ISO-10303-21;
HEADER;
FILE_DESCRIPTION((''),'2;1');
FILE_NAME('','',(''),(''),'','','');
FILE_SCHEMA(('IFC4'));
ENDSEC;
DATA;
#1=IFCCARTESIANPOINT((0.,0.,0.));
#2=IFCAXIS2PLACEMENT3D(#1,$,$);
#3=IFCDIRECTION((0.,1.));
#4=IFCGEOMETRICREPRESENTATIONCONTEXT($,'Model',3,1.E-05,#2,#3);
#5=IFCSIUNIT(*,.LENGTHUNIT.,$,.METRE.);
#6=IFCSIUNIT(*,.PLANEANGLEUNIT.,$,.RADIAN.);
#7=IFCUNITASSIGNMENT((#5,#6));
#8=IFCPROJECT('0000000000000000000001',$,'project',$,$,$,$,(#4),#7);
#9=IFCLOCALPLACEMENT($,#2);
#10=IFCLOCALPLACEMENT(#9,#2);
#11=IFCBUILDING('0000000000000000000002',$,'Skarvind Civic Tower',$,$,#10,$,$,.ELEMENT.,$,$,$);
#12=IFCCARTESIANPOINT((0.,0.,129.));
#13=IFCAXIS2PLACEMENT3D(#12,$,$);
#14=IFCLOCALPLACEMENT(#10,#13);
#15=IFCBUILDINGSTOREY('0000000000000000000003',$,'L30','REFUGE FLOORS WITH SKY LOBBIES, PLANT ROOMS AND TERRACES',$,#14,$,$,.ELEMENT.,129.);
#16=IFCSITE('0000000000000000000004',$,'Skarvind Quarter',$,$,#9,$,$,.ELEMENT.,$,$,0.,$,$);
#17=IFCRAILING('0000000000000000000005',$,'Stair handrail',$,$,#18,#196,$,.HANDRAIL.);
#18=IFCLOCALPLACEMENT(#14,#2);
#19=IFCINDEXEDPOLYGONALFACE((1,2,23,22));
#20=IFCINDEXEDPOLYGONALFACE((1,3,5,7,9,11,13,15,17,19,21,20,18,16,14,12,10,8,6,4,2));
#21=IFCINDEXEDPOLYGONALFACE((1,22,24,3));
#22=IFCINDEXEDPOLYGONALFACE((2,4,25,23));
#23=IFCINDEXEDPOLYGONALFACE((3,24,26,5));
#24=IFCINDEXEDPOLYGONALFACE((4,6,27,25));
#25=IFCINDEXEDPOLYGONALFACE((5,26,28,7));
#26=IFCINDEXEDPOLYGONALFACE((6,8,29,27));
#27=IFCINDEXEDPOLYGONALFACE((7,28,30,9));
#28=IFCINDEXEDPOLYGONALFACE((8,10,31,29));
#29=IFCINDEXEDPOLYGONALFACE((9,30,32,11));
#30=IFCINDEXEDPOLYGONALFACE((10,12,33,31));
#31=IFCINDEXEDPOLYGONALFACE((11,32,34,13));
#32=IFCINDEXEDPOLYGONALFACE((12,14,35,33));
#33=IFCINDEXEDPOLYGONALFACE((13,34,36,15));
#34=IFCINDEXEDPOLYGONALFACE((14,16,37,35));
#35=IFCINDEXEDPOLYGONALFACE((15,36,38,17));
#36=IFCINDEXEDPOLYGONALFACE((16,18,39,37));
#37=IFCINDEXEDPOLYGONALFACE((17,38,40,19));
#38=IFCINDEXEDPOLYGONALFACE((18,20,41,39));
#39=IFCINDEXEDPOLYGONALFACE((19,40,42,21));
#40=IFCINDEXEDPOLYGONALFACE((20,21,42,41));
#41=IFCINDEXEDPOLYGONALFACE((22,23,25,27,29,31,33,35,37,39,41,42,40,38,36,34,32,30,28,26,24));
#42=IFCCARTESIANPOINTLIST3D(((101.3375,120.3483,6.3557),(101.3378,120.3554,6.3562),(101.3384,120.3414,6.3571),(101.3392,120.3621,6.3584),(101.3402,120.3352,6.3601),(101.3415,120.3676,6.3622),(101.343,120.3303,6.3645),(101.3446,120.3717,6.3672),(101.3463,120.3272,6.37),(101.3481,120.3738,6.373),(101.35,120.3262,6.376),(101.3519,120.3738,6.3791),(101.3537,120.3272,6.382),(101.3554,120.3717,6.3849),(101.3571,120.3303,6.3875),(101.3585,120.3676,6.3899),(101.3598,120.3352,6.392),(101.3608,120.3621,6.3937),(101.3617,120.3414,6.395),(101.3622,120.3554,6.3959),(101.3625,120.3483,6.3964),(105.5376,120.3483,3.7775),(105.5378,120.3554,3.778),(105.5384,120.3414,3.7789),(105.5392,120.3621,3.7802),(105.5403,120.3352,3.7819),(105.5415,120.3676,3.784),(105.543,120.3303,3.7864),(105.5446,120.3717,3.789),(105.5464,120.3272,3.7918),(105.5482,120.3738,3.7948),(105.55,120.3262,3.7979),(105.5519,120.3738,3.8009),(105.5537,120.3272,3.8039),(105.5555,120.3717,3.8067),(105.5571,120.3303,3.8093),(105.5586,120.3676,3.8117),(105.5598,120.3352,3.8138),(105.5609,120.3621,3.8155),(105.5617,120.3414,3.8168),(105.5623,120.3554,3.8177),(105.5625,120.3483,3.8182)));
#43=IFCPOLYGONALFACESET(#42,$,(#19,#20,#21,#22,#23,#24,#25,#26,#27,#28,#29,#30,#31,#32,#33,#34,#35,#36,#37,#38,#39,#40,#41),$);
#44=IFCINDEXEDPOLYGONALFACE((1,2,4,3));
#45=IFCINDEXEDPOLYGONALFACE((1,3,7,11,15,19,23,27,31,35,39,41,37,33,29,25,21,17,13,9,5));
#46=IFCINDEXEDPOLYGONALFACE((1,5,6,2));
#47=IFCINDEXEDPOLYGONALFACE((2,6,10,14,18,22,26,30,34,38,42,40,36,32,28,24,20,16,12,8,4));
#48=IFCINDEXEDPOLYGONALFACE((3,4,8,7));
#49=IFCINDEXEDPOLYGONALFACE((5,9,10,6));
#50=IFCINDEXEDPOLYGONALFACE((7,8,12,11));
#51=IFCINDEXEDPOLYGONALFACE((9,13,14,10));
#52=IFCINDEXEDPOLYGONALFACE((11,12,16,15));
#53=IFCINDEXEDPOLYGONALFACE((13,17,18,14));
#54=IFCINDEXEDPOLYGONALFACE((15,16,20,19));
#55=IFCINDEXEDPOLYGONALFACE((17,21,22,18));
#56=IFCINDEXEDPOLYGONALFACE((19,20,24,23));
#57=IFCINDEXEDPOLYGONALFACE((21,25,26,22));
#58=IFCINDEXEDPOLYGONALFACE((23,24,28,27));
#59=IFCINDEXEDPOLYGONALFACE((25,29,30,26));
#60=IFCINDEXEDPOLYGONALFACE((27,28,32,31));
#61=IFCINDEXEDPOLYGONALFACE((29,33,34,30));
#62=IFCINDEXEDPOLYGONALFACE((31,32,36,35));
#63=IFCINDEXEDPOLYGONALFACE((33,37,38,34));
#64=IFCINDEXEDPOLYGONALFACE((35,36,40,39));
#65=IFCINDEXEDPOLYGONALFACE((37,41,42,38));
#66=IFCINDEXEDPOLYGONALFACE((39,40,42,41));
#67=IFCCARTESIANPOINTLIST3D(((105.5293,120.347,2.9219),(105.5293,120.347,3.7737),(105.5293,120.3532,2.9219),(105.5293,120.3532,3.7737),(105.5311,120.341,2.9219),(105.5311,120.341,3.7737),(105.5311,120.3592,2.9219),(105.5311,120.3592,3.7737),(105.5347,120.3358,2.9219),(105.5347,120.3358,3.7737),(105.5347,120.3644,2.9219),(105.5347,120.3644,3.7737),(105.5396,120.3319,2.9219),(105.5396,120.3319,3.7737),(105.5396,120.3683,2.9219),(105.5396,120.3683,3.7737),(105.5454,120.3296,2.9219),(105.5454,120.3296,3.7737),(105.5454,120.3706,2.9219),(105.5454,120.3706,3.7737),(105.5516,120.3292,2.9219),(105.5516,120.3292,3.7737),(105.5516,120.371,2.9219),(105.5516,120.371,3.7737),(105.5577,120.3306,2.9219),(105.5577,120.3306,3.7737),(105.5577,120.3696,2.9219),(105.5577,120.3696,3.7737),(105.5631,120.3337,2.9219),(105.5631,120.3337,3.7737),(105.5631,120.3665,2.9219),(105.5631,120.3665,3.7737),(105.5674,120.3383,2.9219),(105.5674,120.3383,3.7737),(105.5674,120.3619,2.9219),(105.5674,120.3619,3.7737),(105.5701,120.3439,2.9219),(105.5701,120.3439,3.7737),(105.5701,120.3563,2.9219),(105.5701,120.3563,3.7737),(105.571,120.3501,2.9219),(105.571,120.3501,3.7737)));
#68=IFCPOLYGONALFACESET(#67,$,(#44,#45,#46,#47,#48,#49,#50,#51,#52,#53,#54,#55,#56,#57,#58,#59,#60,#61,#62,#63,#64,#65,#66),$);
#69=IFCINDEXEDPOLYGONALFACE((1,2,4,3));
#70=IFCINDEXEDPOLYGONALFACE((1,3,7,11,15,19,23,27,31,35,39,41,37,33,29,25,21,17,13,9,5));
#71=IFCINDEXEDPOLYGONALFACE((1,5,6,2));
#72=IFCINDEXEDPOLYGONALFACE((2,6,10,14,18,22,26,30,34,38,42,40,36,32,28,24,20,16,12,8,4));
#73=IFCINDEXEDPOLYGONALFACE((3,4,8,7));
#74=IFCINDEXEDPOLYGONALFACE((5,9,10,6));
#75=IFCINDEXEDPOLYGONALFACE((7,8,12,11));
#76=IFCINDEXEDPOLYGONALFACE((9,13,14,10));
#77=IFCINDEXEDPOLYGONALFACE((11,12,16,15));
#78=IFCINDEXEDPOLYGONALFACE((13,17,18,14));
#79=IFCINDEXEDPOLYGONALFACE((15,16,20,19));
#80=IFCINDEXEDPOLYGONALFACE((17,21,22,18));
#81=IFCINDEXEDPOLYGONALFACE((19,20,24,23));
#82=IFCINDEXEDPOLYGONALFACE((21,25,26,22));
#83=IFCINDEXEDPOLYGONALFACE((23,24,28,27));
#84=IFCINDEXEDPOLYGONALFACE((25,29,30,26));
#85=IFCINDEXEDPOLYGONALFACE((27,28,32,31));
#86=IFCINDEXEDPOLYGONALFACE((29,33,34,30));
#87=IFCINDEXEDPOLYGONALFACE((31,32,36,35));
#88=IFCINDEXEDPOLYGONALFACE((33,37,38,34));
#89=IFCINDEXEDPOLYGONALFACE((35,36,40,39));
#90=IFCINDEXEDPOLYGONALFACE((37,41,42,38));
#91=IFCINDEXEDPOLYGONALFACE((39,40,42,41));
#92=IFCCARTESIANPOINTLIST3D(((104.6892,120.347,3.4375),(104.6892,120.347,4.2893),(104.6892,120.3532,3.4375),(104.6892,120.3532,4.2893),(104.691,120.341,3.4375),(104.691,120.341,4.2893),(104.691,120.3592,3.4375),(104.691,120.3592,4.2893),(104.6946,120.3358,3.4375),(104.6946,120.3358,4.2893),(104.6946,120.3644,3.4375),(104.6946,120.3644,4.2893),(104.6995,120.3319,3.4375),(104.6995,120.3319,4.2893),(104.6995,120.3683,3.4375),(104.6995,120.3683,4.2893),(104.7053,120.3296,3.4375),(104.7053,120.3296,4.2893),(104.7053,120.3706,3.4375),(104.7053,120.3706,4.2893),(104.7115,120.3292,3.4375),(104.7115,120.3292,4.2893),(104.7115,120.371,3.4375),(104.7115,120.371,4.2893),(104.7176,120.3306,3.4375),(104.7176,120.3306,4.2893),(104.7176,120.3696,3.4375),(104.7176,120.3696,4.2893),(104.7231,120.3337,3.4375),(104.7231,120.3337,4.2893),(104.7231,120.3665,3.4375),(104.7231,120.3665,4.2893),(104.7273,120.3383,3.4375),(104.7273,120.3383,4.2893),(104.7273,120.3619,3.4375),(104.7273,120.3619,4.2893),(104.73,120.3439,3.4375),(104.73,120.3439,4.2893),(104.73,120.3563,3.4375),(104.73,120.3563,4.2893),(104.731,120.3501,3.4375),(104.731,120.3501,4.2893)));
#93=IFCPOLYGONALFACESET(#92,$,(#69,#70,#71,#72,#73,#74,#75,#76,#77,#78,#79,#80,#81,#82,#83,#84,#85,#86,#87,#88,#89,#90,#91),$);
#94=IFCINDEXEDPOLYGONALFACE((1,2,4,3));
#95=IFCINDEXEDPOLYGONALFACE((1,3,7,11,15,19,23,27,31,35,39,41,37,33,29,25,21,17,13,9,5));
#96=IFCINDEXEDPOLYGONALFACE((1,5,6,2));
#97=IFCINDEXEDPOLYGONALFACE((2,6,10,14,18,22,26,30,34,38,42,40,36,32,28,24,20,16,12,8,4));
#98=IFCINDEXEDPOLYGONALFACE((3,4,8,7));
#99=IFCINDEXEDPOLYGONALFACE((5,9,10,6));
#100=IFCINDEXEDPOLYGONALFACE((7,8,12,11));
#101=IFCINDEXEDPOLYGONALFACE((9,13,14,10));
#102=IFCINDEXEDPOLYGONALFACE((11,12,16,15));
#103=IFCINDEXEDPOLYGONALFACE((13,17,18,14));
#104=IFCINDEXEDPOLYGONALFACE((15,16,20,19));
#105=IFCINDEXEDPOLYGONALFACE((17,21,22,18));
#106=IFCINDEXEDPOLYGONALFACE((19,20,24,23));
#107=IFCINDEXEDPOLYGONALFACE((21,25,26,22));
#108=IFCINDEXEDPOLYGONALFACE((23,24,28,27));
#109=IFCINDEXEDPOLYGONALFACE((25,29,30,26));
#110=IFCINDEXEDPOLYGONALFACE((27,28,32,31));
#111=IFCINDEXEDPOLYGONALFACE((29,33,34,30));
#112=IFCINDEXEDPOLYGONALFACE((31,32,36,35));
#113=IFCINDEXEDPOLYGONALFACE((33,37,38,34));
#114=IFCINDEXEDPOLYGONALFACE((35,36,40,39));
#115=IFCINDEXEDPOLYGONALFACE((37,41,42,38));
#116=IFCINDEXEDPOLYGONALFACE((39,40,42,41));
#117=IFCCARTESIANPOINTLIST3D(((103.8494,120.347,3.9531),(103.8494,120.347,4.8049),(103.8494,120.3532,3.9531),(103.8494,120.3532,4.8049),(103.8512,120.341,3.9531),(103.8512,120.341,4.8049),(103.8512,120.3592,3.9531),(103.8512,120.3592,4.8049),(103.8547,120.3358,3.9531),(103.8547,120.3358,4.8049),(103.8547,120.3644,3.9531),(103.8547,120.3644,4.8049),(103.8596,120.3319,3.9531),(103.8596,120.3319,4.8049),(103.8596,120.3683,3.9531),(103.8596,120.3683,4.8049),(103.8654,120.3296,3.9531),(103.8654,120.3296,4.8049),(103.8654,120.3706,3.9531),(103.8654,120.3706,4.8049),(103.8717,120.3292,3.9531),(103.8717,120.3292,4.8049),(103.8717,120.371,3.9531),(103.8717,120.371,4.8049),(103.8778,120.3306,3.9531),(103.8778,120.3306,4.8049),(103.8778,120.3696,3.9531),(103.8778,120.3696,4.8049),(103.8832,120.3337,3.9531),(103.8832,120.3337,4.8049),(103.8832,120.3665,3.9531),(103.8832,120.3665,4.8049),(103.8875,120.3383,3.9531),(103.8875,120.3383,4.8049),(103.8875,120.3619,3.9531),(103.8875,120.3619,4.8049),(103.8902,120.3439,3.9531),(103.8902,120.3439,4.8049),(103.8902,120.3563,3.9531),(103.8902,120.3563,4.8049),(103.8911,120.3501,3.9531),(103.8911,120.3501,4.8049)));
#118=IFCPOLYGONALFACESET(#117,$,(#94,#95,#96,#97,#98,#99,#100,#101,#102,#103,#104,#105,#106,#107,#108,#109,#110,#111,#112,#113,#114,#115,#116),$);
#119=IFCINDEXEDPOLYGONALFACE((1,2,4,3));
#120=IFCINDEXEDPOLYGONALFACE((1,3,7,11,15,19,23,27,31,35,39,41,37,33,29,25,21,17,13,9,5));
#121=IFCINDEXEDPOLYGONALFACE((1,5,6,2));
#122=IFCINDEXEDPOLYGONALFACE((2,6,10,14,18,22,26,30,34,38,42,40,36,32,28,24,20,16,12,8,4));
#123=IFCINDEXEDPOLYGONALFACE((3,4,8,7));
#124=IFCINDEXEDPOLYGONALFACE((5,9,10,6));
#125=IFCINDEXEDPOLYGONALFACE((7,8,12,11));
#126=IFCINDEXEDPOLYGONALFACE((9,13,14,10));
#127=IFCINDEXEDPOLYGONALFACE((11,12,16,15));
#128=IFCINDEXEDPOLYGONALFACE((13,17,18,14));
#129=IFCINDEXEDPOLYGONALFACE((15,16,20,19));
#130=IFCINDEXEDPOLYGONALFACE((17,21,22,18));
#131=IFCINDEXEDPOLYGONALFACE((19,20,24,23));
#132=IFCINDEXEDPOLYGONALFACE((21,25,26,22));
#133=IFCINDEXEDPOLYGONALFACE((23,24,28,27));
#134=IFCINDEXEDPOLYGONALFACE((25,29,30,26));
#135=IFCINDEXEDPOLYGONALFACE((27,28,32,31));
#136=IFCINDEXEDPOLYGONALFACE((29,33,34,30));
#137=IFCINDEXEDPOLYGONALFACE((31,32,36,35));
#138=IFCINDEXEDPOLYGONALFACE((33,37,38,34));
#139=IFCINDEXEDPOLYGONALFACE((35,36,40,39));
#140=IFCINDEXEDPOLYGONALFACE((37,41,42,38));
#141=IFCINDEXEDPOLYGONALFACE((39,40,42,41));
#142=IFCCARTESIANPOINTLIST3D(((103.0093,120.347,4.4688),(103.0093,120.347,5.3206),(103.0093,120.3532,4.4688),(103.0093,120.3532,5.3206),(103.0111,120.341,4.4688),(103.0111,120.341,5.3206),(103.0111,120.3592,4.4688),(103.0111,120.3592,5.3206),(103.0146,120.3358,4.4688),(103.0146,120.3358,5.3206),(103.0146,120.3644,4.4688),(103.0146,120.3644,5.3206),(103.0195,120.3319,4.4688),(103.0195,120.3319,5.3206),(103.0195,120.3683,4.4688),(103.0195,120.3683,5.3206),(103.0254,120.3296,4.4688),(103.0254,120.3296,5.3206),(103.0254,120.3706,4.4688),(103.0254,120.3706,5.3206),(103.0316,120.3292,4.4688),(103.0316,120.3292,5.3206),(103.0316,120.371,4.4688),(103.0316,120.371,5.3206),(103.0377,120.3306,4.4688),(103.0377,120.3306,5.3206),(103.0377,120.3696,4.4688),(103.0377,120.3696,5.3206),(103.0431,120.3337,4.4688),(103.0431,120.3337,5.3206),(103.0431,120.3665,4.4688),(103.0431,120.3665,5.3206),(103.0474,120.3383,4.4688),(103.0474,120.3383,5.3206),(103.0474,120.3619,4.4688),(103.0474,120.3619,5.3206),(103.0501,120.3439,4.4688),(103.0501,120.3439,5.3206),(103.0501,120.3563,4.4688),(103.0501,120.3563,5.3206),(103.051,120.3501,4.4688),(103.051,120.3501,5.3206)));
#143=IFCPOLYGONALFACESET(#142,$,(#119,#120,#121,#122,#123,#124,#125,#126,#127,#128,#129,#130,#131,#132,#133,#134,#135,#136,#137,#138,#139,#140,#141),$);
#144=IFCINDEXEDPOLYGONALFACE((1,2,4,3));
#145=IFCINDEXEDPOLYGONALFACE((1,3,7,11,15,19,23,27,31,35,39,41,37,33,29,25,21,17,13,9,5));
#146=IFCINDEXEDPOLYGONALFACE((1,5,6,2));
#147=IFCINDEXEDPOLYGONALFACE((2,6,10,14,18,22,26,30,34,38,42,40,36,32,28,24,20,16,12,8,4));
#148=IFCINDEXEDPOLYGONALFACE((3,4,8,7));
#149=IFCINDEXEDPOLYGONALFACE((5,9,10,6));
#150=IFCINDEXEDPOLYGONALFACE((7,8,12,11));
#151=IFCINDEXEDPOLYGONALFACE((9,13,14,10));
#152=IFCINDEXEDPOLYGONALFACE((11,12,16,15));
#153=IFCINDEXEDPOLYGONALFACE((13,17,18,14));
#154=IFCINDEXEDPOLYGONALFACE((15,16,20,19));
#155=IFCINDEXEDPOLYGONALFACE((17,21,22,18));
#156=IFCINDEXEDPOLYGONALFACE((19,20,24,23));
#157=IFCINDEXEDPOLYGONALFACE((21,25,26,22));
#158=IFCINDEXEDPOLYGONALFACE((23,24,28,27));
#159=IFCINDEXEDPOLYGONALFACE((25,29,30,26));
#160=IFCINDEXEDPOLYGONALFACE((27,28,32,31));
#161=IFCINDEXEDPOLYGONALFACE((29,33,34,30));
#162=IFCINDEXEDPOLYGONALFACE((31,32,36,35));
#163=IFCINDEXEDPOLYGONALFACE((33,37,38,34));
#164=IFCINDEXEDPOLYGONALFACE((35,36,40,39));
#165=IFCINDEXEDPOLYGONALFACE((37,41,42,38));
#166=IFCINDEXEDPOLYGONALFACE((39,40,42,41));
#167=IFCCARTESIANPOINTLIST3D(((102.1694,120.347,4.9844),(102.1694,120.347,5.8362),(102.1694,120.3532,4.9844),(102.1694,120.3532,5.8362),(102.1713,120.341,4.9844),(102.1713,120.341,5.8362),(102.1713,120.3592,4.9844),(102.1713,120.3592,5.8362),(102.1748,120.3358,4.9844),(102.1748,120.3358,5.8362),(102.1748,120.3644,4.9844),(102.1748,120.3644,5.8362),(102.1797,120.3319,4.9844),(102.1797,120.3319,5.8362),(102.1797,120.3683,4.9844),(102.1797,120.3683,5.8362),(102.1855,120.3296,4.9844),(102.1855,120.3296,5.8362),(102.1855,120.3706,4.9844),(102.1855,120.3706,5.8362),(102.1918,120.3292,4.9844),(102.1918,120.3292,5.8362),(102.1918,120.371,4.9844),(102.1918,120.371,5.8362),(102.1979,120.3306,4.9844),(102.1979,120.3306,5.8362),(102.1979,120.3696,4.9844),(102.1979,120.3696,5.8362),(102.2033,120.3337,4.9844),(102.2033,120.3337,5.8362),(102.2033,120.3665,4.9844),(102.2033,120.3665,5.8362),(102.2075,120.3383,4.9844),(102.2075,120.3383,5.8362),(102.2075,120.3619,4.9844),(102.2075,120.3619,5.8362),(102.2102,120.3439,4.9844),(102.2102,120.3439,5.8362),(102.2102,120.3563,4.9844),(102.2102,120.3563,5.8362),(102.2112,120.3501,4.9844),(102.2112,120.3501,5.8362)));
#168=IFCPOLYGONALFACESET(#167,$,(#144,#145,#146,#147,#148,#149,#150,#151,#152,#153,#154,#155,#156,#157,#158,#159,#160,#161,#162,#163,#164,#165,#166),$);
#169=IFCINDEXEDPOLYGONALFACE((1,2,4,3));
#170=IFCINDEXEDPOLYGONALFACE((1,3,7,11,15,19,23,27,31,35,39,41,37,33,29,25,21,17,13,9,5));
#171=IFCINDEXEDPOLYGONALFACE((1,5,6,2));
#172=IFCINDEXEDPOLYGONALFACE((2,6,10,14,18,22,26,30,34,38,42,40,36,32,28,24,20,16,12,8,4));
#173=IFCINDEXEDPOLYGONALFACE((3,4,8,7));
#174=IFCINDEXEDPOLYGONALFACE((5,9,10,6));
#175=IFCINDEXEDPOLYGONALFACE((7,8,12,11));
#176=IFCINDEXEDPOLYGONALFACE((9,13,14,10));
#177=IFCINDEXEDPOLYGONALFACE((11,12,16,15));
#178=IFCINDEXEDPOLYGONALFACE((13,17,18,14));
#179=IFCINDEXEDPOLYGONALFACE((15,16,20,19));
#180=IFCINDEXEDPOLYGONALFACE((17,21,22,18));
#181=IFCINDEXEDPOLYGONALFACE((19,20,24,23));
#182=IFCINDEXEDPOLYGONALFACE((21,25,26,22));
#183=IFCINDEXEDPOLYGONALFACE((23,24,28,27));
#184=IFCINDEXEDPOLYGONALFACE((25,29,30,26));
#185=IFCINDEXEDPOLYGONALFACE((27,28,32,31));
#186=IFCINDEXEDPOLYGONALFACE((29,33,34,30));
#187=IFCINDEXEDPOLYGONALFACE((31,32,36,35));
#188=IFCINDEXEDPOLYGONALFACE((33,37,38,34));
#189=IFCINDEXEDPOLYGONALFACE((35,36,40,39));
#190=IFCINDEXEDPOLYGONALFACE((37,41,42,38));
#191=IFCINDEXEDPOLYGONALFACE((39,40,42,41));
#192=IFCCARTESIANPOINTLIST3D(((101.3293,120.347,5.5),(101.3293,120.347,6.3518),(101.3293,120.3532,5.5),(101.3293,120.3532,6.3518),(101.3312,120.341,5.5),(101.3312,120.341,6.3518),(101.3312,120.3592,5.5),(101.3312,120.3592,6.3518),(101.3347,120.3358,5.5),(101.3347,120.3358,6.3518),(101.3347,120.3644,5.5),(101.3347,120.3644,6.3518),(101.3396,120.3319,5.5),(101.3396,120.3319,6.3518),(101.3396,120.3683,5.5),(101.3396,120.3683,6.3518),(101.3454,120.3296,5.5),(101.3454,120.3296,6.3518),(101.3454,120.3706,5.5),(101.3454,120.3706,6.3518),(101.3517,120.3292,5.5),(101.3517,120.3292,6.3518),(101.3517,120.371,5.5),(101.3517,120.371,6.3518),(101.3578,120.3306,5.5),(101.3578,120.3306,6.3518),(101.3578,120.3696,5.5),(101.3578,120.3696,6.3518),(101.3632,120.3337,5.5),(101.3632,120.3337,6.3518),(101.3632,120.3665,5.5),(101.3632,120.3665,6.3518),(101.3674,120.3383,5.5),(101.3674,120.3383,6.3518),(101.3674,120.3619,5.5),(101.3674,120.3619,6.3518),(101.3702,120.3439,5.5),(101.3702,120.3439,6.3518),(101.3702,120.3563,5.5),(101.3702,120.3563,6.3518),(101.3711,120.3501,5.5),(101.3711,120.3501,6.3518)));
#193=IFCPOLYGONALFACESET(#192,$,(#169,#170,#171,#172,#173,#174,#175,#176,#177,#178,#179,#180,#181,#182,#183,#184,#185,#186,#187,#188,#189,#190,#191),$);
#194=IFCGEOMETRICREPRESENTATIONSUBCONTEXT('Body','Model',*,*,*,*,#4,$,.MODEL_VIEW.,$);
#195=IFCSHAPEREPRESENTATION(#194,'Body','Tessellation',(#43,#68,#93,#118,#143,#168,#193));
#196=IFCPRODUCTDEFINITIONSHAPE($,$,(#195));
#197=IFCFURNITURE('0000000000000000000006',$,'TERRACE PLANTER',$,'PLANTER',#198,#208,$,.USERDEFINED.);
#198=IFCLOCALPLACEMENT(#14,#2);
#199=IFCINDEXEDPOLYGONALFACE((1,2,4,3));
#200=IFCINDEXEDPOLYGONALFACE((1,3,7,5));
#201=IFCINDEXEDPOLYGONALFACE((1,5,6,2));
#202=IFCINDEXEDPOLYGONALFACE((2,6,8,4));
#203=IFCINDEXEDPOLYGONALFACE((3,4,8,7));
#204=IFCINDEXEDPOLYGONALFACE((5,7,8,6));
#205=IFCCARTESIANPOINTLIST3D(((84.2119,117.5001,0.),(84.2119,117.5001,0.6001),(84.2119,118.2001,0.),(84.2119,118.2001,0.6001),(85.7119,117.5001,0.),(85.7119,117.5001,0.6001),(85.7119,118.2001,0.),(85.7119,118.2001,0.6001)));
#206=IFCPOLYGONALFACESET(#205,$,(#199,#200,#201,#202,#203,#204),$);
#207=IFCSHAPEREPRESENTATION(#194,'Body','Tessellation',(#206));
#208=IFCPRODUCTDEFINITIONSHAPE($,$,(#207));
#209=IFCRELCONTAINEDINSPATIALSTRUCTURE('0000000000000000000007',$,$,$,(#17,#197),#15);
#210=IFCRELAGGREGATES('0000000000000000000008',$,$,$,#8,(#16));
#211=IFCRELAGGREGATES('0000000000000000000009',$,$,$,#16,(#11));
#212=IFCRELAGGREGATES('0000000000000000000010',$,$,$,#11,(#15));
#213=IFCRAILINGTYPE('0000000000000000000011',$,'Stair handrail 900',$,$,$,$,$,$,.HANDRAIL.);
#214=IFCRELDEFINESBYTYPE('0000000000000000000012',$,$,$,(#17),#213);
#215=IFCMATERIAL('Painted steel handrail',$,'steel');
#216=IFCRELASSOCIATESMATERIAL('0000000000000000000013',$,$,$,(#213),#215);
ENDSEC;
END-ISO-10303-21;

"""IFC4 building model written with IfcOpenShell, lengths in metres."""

from ifc_helpers import new_model, si_unit, direction, frame, origin, origin_2d, place, context, subcontext, project, spatial, rectangle, circle, extrude, material, type_object, element, save


model = new_model("IFC4")

# Units and contexts
model_context = context("Model", 3, precision=1e-05, world=origin(), true_north=direction((0.0, 1.0)))
body_context = subcontext(model_context, "Body", "Model", "MODEL_VIEW")
ifc_project = project(units=[si_unit("LENGTHUNIT", "METRE"), si_unit("PLANEANGLEUNIT", "RADIAN")], contexts=[model_context])

# Site, building, storey
site_placement = place(None, origin())
site = spatial("IfcSite", under=ifc_project, at=site_placement, Name="Skarvind Quarter", CompositionType="ELEMENT", RefElevation=0.0)
building_placement = place(site_placement, origin())
building = spatial("IfcBuilding", under=site, at=building_placement, Name="Skarvind Civic Tower", CompositionType="ELEMENT")
storey_placement = place(building_placement, frame((0.0, 0.0, 129.0)))
storey = spatial("IfcBuildingStorey", under=building, at=storey_placement, Name="L30", Description="REFUGE FLOORS WITH SKY LOBBIES, PLANT ROOMS AND TERRACES", CompositionType="ELEMENT", Elevation=129.0)

# Railing
ifc_material_1 = material(Name="Painted steel handrail", Category="steel")
railing_type_1 = type_object("IfcRailingType", Name="Stair handrail 900", PredefinedType="HANDRAIL", material=ifc_material_1)
railing_1_placement = place(storey_placement, frame((105.55, 120.3501, 2.9219)))
element("IfcRailing", 1, at=railing_1_placement, inside=storey, type_object=railing_type_1, Name="Stair handrail", PredefinedType="HANDRAIL", context=body_context, shape_type="SweptSolid", body=[
    extrude(circle(Radius=0.0239, at=origin_2d()), frame((0.0, 0.0, 0.876), z_axis=(-0.852243, 0.0, 0.523146), x_axis=(0.0, -1.0, 0.0)), (0.0, 0.0, 1.0), 4.9282),
    extrude(circle(Radius=0.021, at=origin_2d()), origin(), (0.0, 0.0, 1.0), 0.8518),
    extrude(circle(Radius=0.021, at=origin_2d()), frame((-0.8401, 0.0, 0.5156)), (0.0, 0.0, 1.0), 0.8518),
    extrude(circle(Radius=0.021, at=origin_2d()), frame((-1.6799, 0.0, 1.0312)), (0.0, 0.0, 1.0), 0.8518),
    extrude(circle(Radius=0.021, at=origin_2d()), frame((-2.52, 0.0, 1.5469)), (0.0, 0.0, 1.0), 0.8518),
    extrude(circle(Radius=0.021, at=origin_2d()), frame((-3.3599, 0.0, 2.0625)), (0.0, 0.0, 1.0), 0.8518),
    extrude(circle(Radius=0.021, at=origin_2d()), frame((-4.2, 0.0, 2.5781)), (0.0, 0.0, 1.0), 0.8518),
])

# Furniture
furniture_placement = place(storey_placement, frame((84.9619, 117.8501, 0.0), z_axis=(0.0, 0.0, 1.0), x_axis=(-1.0, 0.0, 0.0)))
element("IfcFurniture", 2, at=furniture_placement, inside=storey, Name="TERRACE PLANTER", ObjectType="PLANTER", PredefinedType="USERDEFINED", context=body_context, shape_type="SweptSolid", body=[
    extrude(rectangle(XDim=1.5, YDim=0.7, at=origin_2d()), origin(), (0.0, 0.0, 1.0), 0.6001),
])

save(model, "model.ifc")
